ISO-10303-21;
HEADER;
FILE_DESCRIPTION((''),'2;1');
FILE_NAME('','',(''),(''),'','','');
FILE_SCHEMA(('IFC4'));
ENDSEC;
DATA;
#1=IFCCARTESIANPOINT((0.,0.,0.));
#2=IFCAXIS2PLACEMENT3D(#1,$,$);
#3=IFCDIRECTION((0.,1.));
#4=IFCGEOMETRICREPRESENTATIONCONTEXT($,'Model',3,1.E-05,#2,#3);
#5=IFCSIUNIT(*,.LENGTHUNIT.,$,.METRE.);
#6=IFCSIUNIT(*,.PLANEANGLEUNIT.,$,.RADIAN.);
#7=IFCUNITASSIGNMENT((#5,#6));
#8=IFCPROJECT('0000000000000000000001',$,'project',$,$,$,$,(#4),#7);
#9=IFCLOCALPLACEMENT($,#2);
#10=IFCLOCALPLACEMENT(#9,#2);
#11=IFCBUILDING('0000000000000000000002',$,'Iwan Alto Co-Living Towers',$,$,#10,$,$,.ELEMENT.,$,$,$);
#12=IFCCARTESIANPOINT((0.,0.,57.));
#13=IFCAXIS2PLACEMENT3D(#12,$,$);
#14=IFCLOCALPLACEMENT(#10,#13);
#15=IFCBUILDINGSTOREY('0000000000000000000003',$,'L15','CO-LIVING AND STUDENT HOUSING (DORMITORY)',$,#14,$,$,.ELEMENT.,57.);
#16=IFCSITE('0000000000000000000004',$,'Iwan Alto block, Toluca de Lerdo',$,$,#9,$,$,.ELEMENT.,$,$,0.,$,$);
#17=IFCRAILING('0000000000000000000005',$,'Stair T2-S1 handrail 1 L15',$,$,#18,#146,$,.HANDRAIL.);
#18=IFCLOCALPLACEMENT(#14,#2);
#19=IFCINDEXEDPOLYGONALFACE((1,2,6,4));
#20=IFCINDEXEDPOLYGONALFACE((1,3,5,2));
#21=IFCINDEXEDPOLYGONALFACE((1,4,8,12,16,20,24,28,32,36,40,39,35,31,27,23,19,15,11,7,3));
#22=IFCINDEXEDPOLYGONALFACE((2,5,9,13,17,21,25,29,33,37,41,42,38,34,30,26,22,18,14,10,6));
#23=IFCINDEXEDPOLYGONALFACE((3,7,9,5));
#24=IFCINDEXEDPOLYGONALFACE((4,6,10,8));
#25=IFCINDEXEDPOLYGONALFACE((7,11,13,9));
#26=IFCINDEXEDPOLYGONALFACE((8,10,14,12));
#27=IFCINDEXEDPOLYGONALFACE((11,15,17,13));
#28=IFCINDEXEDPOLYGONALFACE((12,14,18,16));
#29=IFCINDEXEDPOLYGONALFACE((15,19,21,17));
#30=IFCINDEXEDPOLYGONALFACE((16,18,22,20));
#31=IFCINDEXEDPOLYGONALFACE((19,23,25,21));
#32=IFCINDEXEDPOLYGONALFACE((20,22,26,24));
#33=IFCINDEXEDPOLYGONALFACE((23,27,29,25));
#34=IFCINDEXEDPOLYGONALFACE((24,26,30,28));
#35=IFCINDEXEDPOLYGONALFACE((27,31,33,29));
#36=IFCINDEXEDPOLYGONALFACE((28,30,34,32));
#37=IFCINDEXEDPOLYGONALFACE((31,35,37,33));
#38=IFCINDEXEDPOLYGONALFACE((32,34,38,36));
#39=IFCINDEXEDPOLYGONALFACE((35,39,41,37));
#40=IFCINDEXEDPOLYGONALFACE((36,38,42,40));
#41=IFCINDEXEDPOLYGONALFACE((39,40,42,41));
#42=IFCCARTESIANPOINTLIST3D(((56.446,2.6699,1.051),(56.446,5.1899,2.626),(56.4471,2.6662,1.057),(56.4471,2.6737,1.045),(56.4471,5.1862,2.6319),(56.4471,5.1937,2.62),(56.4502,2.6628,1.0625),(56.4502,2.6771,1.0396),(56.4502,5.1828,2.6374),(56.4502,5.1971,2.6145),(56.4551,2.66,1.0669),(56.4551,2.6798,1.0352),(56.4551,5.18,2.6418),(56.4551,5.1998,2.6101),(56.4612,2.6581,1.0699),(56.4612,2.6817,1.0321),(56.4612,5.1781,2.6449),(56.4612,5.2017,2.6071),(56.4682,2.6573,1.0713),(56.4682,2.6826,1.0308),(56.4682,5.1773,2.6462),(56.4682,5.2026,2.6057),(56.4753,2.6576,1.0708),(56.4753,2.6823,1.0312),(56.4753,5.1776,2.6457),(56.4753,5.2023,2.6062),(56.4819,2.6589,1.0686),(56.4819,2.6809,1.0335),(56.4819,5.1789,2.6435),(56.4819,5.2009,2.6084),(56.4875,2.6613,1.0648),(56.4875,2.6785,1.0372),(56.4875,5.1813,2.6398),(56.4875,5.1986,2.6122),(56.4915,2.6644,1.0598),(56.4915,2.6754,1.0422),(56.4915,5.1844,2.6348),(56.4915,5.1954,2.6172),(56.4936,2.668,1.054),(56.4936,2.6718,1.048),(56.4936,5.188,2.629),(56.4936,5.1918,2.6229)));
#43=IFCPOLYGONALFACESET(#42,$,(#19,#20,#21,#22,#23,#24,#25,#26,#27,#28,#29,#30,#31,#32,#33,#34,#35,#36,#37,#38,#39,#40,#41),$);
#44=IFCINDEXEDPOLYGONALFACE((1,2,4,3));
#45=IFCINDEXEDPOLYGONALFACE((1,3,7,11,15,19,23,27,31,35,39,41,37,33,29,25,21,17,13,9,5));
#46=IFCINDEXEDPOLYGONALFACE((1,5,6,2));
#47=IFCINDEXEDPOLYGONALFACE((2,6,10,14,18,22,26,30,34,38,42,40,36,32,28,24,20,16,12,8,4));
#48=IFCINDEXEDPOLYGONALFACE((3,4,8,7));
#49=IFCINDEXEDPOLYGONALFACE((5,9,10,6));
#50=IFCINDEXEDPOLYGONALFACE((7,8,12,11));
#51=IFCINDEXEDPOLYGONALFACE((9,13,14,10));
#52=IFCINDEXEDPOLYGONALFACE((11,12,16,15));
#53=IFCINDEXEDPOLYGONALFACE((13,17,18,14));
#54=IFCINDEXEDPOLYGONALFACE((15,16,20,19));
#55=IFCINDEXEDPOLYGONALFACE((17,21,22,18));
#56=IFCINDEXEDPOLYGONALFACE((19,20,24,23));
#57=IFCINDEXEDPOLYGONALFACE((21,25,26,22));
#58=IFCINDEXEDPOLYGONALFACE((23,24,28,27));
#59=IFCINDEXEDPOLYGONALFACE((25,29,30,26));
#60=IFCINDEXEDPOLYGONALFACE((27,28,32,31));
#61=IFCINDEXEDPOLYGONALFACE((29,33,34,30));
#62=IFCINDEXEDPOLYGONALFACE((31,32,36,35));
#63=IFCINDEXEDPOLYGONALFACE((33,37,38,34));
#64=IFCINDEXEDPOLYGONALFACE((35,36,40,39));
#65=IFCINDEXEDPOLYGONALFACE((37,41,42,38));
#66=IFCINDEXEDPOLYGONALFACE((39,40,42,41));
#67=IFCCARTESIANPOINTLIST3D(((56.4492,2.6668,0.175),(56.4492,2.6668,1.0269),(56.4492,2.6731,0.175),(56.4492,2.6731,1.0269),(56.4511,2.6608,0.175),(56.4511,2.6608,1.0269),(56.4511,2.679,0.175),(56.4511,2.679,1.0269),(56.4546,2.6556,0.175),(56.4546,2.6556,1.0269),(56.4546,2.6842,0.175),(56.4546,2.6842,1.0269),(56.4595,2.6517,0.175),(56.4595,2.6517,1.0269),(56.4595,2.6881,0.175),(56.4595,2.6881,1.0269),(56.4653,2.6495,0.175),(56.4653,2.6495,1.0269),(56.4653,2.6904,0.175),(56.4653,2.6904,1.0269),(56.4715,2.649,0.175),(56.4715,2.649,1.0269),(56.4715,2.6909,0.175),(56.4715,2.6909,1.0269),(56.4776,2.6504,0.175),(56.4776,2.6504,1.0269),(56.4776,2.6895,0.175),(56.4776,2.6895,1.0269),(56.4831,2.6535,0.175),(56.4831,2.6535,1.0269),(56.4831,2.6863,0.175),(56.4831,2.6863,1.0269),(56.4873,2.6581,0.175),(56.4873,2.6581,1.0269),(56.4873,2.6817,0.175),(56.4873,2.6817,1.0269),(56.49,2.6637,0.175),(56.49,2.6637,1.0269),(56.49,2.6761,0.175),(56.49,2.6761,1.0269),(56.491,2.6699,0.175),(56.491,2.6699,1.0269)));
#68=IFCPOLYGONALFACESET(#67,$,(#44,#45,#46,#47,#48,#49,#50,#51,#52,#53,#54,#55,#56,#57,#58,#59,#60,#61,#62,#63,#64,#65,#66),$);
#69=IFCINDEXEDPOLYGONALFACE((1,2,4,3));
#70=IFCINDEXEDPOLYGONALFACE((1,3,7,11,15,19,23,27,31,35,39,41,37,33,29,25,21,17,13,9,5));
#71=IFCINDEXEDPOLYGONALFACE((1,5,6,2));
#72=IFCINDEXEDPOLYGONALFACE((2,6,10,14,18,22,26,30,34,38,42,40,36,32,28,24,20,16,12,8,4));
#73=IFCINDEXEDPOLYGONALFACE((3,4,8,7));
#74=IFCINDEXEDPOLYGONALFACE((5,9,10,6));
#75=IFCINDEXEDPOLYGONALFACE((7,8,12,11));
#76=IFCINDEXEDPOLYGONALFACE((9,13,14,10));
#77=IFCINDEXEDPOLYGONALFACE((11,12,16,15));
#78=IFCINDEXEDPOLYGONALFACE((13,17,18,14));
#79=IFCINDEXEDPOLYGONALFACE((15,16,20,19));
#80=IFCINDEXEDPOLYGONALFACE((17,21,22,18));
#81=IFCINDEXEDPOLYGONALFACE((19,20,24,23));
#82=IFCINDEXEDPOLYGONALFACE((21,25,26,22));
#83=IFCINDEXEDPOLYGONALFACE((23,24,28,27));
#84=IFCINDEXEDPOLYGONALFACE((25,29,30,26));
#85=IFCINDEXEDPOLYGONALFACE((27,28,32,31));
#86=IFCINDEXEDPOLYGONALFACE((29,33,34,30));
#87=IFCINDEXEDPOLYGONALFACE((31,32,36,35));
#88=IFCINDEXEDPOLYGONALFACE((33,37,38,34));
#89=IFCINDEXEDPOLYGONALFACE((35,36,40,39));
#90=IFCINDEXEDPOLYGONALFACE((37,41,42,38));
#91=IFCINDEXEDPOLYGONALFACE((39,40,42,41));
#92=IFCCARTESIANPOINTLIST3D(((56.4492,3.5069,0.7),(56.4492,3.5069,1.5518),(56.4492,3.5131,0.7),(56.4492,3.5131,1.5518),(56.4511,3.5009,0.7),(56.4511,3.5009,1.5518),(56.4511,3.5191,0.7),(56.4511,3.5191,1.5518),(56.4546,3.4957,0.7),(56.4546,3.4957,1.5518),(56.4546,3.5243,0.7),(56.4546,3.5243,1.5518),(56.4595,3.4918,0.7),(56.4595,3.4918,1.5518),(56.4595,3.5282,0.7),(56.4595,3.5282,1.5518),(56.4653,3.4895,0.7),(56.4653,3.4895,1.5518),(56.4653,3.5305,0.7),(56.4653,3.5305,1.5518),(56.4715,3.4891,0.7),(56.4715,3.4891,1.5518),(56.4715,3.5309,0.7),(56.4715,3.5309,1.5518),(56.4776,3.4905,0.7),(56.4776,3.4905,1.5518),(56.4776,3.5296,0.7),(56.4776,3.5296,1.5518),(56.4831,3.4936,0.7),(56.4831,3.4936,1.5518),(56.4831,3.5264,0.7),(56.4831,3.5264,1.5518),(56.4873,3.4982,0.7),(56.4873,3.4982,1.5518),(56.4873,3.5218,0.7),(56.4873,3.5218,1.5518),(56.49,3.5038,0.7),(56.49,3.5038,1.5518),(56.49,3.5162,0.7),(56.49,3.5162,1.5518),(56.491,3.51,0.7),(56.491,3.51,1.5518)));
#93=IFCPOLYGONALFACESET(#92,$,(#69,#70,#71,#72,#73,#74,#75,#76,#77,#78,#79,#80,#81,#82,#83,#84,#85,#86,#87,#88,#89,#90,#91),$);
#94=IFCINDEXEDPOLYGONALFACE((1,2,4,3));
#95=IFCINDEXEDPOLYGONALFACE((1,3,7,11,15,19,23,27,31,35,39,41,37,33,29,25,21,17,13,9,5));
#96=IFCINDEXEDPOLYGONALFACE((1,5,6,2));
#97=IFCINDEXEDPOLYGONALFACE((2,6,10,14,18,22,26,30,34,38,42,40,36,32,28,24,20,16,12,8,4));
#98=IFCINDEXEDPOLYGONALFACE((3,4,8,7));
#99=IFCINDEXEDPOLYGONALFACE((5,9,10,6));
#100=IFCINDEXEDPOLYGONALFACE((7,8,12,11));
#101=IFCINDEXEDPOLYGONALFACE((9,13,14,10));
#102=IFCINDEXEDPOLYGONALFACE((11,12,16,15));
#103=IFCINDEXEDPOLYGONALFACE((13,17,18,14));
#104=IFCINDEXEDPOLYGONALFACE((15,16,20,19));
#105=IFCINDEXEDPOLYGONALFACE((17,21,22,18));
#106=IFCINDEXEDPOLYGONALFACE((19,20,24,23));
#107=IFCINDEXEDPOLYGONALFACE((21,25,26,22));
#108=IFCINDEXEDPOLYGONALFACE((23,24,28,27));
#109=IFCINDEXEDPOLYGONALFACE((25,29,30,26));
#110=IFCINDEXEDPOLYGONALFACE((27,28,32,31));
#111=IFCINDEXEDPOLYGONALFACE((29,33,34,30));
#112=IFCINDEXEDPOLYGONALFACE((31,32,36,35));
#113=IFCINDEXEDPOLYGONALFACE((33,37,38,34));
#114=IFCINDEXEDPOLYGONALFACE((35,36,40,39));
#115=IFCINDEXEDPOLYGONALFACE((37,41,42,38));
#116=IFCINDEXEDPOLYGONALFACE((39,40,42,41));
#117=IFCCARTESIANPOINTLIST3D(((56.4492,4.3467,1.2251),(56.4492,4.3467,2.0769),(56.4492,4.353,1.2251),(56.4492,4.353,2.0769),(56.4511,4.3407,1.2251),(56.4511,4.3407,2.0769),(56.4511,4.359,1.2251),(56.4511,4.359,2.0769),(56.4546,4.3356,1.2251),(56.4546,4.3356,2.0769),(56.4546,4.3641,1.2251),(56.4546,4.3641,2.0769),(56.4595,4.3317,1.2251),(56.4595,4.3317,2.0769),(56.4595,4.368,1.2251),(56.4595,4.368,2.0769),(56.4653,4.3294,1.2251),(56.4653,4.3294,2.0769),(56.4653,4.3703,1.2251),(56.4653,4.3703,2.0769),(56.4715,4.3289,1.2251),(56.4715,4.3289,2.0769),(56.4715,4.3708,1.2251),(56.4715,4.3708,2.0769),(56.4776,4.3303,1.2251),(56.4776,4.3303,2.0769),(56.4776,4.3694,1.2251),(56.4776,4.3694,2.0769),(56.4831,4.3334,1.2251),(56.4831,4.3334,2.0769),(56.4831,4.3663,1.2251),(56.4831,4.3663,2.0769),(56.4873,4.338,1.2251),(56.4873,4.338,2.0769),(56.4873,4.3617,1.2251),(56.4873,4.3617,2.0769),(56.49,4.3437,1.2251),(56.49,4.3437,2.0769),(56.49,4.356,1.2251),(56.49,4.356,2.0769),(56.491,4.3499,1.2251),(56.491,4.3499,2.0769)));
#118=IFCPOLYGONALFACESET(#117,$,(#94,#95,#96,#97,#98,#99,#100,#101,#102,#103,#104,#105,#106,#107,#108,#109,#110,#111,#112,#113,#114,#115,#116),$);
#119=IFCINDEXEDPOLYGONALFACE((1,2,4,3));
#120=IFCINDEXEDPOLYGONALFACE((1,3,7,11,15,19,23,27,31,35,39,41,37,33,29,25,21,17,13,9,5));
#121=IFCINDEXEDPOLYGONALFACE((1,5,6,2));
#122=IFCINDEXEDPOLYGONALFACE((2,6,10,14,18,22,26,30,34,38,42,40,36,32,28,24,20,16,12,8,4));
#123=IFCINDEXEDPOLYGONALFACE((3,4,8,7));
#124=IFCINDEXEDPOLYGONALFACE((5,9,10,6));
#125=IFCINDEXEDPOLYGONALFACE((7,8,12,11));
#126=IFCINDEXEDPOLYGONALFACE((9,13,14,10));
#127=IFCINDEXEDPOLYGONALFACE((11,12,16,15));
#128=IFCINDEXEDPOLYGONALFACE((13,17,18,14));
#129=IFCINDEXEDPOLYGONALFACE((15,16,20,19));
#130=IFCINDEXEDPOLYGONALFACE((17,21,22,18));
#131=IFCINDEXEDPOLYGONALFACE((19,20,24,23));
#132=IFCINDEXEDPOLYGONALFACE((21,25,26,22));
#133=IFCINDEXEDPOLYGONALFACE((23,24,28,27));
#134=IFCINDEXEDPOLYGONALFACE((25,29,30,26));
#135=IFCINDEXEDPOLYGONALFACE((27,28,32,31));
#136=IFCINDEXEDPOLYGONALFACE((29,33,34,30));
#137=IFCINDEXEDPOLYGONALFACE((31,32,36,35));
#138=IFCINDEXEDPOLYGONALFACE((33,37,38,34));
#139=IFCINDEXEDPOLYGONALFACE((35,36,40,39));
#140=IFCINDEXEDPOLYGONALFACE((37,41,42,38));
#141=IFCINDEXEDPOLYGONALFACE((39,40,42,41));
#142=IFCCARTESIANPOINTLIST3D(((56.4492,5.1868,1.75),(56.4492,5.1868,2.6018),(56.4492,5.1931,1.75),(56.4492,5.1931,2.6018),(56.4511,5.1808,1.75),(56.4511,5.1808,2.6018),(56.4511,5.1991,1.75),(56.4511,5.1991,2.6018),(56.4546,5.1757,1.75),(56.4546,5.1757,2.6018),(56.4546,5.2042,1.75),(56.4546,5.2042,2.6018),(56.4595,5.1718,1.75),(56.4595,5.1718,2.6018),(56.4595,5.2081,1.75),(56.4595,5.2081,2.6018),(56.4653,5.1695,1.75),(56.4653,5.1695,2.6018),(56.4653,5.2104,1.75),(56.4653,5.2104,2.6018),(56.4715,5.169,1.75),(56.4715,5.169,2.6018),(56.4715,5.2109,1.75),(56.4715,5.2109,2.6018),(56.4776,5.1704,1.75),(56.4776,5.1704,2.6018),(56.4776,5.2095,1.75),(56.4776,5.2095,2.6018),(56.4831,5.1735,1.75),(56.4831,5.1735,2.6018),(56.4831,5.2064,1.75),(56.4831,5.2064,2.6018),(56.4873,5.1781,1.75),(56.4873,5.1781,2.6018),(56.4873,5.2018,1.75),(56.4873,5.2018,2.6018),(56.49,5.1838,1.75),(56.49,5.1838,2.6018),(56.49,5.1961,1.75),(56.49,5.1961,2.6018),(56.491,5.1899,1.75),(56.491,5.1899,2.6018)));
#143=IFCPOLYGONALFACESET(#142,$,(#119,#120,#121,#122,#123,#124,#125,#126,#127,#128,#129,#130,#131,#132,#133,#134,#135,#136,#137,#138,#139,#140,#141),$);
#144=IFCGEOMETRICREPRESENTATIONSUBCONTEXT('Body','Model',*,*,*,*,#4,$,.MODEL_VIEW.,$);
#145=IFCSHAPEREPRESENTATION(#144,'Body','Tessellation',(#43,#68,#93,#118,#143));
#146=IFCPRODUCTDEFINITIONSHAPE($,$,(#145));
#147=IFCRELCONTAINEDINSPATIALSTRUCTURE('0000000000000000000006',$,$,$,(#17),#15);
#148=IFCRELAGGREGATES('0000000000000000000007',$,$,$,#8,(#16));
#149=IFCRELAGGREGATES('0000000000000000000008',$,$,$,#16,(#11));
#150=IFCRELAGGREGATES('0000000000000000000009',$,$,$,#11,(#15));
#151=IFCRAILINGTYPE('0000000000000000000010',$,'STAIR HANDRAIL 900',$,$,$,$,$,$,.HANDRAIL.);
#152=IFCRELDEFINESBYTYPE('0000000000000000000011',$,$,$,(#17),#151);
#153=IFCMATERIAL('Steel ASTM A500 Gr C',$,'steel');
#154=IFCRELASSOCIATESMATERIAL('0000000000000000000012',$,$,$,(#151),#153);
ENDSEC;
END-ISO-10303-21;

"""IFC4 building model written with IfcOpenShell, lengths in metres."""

from ifc_helpers import new_model, si_unit, direction, frame, origin, origin_2d, place, context, subcontext, project, spatial, circle, extrude, material, type_object, element, save


model = new_model("IFC4")

# Units and contexts
model_context = context("Model", 3, precision=1e-05, world=origin(), true_north=direction((0.0, 1.0)))
body_context = subcontext(model_context, "Body", "Model", "MODEL_VIEW")
ifc_project = project(units=[si_unit("LENGTHUNIT", "METRE"), si_unit("PLANEANGLEUNIT", "RADIAN")], contexts=[model_context])

# Site, building, storey
site_placement = place(None, origin())
site = spatial("IfcSite", under=ifc_project, at=site_placement, Name="Iwan Alto block, Toluca de Lerdo", CompositionType="ELEMENT", RefElevation=0.0)
building_placement = place(site_placement, origin())
building = spatial("IfcBuilding", under=site, at=building_placement, Name="Iwan Alto Co-Living Towers", CompositionType="ELEMENT")
storey_placement = place(building_placement, frame((0.0, 0.0, 57.0)))
storey = spatial("IfcBuildingStorey", under=building, at=storey_placement, Name="L15", Description="CO-LIVING AND STUDENT HOUSING (DORMITORY)", CompositionType="ELEMENT", Elevation=57.0)

# Railing
ifc_material_1 = material(Name="Steel ASTM A500 Gr C", Category="steel")
railing_type_1 = type_object("IfcRailingType", Name="STAIR HANDRAIL 900", PredefinedType="HANDRAIL", material=ifc_material_1)
railing_1_placement = place(storey_placement, frame((56.47, 2.6699, 0.175)))
element("IfcRailing", 1, at=railing_1_placement, inside=storey, type_object=railing_type_1, Name="Stair T2-S1 handrail 1 L15", PredefinedType="HANDRAIL", context=body_context, shape_type="SweptSolid", body=[
    extrude(circle(Radius=0.0239, at=origin_2d()), frame((0.0, 0.0, 0.876), z_axis=(0.0, 0.848008, 0.529984), x_axis=(-1.0, 0.0, 0.0)), (0.0, 0.0, 1.0), 2.9717),
    extrude(circle(Radius=0.021, at=origin_2d()), origin(), (0.0, 0.0, 1.0), 0.8518),
    extrude(circle(Radius=0.021, at=origin_2d()), frame((0.0, 0.8401, 0.5249)), (0.0, 0.0, 1.0), 0.8518),
    extrude(circle(Radius=0.021, at=origin_2d()), frame((0.0, 1.6799, 1.05)), (0.0, 0.0, 1.0), 0.8518),
    extrude(circle(Radius=0.021, at=origin_2d()), frame((0.0, 2.52, 1.575)), (0.0, 0.0, 1.0), 0.8518),
])

save(model, "model.ifc")
